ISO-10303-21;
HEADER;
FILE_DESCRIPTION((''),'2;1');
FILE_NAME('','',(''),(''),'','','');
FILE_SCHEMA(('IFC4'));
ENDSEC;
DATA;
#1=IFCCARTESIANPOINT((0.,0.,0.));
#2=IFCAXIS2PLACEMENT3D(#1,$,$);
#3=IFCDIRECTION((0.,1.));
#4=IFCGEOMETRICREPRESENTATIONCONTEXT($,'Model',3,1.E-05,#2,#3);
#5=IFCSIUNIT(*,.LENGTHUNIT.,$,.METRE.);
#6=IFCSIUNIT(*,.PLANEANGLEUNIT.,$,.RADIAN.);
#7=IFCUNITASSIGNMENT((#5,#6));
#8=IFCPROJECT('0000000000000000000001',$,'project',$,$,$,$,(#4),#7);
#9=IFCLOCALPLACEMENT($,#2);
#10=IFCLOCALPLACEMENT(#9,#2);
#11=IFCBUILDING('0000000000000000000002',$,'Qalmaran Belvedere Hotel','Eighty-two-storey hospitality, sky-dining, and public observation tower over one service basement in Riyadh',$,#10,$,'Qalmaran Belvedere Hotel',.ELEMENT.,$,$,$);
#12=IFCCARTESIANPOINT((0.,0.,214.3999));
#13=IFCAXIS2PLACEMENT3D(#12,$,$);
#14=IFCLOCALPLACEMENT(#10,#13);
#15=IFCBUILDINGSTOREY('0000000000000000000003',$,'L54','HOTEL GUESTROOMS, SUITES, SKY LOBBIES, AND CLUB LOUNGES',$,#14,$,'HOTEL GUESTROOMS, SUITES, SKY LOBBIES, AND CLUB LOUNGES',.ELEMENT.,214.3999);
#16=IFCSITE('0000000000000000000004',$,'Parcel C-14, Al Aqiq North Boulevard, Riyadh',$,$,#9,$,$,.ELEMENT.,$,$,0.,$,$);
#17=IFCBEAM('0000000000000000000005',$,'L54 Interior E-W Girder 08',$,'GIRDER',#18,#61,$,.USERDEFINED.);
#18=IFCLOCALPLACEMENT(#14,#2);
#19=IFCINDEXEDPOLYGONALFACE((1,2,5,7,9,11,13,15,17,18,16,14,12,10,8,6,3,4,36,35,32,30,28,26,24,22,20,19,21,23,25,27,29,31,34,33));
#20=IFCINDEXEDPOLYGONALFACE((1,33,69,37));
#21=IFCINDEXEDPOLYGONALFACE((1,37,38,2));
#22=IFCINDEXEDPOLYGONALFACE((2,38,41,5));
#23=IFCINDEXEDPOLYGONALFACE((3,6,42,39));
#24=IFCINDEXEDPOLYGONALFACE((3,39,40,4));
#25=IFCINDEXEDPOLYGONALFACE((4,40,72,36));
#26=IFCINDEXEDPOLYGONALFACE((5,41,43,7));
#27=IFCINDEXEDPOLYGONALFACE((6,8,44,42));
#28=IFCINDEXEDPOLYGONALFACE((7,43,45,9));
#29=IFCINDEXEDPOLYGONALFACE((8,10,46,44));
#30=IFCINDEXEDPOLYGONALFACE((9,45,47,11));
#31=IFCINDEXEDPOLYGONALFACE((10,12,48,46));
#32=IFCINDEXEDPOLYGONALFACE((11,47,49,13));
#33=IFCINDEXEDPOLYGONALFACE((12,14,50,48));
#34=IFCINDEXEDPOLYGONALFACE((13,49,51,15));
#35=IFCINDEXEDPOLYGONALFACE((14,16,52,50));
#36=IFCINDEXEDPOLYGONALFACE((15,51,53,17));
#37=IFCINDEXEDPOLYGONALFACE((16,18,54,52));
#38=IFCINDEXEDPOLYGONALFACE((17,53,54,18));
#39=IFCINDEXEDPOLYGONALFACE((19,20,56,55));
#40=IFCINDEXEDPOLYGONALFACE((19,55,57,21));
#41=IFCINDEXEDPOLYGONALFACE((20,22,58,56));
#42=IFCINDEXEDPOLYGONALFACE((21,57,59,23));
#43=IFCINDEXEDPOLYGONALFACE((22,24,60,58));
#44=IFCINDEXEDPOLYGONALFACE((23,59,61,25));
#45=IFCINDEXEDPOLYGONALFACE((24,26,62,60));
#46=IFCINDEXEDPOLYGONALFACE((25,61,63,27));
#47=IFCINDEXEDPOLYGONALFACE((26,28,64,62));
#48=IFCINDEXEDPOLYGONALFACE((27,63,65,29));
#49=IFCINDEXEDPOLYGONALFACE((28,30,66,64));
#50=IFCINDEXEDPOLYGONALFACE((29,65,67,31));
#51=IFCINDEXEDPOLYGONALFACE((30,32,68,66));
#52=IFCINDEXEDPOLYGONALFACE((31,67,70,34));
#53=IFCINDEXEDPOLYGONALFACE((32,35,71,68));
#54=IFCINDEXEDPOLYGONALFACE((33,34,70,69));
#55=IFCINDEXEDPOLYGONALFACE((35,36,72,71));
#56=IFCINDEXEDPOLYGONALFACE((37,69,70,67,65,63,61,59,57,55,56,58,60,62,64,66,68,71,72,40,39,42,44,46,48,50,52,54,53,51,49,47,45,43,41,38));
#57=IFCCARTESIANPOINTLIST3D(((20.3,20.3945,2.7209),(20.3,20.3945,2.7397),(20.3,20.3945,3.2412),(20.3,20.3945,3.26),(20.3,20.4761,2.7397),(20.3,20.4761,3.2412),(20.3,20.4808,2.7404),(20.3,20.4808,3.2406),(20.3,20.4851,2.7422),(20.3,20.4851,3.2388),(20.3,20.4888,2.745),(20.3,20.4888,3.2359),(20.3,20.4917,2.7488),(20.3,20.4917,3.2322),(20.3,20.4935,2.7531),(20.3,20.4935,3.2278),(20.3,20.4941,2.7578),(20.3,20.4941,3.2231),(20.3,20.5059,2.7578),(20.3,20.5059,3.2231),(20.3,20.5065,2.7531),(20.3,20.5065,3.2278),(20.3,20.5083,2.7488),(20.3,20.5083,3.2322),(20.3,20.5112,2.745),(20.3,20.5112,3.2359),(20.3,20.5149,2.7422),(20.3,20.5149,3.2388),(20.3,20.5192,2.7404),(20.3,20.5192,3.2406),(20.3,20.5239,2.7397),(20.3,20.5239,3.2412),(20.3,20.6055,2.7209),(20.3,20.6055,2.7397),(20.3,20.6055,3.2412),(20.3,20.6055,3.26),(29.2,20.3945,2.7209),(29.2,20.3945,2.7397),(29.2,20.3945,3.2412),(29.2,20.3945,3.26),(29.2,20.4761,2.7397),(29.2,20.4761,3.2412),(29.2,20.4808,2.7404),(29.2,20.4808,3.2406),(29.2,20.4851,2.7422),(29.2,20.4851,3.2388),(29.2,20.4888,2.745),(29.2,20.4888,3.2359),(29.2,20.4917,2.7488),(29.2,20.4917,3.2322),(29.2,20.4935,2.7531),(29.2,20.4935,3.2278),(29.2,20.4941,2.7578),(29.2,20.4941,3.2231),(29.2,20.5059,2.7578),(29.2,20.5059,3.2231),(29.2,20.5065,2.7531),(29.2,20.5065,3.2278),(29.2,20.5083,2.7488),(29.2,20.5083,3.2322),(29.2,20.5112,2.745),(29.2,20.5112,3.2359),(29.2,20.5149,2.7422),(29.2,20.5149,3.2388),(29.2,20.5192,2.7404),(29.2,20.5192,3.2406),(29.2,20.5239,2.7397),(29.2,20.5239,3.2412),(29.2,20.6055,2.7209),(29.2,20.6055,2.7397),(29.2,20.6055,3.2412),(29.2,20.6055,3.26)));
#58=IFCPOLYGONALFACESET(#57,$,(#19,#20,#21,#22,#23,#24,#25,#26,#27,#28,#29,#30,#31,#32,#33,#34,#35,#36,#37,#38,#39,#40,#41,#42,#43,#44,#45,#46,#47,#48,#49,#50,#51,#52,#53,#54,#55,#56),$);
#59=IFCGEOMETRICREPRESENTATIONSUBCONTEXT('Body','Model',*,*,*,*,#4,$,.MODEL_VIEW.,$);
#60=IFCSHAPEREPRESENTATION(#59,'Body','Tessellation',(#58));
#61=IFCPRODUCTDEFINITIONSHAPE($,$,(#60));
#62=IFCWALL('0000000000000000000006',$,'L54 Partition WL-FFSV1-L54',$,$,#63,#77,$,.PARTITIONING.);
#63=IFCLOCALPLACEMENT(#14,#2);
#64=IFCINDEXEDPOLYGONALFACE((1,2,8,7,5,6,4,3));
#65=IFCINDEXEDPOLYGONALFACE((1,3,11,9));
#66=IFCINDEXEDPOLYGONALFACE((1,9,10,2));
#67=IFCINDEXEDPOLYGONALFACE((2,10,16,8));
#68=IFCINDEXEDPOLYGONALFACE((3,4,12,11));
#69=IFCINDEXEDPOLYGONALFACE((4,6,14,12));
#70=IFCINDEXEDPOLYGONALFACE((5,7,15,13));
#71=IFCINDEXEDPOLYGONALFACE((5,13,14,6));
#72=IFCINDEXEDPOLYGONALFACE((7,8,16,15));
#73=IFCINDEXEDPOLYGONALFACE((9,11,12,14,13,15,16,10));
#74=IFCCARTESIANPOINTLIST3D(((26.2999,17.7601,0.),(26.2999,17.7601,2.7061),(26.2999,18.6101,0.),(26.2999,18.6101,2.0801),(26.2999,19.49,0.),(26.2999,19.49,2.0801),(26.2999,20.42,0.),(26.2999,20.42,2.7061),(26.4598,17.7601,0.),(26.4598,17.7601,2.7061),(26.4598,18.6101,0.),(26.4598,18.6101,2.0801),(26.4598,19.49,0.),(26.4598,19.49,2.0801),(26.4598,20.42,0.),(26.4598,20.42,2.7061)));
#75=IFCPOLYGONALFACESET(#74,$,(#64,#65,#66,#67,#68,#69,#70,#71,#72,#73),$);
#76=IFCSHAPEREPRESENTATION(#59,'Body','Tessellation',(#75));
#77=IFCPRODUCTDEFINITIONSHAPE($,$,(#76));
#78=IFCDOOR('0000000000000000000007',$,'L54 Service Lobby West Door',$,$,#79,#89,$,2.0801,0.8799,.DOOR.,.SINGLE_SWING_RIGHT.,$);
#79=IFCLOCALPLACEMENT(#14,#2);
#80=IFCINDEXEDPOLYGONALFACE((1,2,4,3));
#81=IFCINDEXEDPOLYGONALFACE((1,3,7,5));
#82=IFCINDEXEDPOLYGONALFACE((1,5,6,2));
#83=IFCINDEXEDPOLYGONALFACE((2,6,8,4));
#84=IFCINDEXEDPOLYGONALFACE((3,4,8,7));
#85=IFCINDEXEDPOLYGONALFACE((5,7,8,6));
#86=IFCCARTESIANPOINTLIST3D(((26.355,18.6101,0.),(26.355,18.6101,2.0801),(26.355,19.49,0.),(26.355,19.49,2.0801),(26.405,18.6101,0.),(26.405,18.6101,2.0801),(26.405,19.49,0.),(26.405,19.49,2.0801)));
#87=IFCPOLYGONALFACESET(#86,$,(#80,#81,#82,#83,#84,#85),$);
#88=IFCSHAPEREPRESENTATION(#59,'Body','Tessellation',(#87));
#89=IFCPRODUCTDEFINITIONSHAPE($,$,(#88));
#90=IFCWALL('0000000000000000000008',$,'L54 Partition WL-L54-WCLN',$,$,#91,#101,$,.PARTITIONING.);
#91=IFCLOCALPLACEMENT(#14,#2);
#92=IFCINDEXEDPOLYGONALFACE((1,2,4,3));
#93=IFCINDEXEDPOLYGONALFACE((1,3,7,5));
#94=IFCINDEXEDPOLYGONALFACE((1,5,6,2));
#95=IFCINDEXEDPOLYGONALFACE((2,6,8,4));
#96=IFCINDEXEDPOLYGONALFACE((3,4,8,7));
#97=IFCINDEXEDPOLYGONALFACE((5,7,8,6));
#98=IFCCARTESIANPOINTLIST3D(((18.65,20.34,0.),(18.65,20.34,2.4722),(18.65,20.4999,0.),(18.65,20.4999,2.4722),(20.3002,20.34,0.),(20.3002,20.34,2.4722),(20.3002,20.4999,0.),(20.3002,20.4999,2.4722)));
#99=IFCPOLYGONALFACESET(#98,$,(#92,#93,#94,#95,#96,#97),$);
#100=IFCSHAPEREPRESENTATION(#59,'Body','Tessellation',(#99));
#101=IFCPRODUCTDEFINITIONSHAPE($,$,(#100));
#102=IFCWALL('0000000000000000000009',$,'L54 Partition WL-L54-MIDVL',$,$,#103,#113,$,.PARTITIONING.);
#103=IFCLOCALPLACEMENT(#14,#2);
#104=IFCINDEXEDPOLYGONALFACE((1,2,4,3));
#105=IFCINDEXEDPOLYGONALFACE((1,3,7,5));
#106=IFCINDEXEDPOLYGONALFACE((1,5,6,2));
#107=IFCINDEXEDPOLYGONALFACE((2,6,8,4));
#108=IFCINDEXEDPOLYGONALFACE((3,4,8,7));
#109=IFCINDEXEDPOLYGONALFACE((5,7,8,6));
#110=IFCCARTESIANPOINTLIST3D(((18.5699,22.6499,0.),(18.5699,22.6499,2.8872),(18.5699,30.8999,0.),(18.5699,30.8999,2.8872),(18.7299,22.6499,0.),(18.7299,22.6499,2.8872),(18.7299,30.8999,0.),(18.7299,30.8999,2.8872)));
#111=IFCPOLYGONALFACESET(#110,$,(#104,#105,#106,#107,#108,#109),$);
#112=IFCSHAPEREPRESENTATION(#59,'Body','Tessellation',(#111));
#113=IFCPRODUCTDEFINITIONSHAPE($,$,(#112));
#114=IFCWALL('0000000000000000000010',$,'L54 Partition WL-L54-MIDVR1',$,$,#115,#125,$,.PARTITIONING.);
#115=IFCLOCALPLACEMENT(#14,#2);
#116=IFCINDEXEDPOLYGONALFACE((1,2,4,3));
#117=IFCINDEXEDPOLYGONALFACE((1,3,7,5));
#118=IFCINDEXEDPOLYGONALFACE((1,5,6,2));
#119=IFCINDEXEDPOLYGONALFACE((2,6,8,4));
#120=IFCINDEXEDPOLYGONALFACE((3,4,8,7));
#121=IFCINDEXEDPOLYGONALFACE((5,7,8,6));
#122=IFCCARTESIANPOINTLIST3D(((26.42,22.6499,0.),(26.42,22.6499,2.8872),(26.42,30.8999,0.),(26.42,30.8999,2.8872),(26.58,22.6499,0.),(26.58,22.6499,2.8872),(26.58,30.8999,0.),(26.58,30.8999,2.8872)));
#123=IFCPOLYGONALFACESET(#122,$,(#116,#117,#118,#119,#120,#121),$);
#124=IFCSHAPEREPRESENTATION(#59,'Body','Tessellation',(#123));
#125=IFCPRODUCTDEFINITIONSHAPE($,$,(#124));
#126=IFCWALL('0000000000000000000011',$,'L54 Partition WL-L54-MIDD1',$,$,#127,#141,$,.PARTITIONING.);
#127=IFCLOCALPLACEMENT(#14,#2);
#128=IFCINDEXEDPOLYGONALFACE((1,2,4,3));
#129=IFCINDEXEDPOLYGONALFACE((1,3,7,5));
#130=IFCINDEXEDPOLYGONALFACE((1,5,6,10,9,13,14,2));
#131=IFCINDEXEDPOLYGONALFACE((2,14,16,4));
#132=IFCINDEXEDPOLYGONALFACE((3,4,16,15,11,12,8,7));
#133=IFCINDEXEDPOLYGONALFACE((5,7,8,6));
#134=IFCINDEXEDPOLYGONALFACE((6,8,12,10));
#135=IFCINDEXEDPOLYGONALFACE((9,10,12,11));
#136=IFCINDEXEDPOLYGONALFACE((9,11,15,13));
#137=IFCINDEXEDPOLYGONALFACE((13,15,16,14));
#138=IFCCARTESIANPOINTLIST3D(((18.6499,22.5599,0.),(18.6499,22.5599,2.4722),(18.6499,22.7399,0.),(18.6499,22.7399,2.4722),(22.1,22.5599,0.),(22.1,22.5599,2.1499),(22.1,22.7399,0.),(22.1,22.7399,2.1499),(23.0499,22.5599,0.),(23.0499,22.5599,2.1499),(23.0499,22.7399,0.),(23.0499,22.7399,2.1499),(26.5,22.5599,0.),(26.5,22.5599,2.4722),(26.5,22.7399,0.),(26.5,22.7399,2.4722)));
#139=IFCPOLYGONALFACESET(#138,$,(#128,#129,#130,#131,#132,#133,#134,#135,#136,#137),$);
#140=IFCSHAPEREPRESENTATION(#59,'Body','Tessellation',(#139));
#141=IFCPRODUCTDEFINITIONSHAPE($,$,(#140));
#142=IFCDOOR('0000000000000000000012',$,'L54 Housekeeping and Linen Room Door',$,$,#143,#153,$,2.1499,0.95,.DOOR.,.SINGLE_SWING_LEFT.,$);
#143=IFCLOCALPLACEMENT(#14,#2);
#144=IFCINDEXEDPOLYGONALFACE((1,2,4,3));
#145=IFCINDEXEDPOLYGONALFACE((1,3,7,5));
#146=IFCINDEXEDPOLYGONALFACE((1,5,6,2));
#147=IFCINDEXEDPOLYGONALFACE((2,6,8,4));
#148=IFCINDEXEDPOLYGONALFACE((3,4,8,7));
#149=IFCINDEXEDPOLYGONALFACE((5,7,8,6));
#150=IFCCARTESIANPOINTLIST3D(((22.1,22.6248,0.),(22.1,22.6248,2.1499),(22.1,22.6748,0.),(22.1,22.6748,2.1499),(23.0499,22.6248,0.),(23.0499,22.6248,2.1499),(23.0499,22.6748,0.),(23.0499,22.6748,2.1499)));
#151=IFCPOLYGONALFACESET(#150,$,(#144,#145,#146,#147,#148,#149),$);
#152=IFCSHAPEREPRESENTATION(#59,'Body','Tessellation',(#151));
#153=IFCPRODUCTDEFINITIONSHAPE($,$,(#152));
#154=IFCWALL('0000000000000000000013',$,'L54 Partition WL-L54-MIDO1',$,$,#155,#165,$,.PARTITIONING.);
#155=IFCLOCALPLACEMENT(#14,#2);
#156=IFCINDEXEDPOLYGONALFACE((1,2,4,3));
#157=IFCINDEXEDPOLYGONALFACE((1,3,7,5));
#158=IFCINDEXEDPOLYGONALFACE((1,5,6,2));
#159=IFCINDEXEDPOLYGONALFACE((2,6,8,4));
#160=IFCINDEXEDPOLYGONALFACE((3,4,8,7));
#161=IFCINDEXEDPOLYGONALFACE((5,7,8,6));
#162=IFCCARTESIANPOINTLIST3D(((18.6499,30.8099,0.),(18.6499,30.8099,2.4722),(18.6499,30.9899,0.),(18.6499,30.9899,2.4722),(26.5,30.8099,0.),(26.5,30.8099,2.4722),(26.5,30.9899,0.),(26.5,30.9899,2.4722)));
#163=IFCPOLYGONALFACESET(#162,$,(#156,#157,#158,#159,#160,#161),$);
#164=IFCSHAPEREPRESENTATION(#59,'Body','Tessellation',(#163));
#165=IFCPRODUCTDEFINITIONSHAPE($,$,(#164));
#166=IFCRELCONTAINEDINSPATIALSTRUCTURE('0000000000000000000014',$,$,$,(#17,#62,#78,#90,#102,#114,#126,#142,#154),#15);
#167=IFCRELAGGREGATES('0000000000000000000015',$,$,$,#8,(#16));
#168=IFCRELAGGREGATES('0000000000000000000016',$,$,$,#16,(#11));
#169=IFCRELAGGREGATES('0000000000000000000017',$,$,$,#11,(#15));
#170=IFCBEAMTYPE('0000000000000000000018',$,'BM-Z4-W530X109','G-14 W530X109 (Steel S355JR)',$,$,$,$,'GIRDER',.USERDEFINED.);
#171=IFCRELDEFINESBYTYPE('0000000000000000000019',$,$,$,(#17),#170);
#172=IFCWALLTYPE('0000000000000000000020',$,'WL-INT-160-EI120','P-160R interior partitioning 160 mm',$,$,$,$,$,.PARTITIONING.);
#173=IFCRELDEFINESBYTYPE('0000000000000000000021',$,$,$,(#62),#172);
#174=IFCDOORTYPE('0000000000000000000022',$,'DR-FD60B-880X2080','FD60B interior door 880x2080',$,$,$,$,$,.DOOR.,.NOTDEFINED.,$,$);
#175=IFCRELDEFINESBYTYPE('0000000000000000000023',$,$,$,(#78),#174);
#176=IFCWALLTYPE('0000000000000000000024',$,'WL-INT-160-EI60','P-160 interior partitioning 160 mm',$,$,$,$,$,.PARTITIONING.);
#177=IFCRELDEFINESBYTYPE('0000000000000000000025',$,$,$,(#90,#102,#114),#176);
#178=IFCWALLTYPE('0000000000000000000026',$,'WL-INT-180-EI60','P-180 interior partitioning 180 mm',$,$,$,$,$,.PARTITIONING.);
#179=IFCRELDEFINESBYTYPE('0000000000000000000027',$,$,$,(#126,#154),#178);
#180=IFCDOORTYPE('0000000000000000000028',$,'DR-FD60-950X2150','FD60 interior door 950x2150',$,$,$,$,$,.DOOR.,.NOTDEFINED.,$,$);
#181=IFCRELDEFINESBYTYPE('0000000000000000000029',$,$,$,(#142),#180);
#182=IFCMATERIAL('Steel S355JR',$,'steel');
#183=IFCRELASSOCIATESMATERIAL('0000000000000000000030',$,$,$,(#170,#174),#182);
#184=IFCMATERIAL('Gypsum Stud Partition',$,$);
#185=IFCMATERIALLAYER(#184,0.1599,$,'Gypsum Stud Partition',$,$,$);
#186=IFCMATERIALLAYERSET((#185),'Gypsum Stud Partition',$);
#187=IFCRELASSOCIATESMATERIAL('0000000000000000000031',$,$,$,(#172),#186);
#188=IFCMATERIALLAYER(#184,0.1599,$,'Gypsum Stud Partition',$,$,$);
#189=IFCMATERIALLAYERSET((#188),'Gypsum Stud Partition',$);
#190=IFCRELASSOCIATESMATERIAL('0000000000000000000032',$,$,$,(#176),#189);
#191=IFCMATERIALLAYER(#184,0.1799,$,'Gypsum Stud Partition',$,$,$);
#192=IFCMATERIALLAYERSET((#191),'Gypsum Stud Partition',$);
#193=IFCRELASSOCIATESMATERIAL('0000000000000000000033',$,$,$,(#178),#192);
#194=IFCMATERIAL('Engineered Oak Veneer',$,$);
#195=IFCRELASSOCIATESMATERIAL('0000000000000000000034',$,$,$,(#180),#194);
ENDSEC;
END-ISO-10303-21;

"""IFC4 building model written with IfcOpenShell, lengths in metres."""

from ifc_helpers import new_model, si_unit, direction, frame, frame_2d, origin, origin_2d, place, context, subcontext, project, spatial, rectangle, i_section, extrude, material, layer, layer_set, material_profile, profile_set, type_object, element, fill, save


model = new_model("IFC4")

# Units and contexts
model_context = context("Model", 3, precision=1e-05, world=origin(), true_north=direction((0.0, 1.0)))
body_context = subcontext(model_context, "Body", "Model", "MODEL_VIEW")
ifc_project = project(units=[si_unit("LENGTHUNIT", "METRE"), si_unit("PLANEANGLEUNIT", "RADIAN")], contexts=[model_context])

# Site, building, storey
site_placement = place(None, origin())
site = spatial("IfcSite", under=ifc_project, at=site_placement, Name="Parcel C-14, Al Aqiq North Boulevard, Riyadh", CompositionType="ELEMENT", RefElevation=0.0)
building_placement = place(site_placement, origin())
building = spatial("IfcBuilding", under=site, at=building_placement, Name="Qalmaran Belvedere Hotel", Description="Eighty-two-storey hospitality, sky-dining, and public observation tower over one service basement in Riyadh", LongName="Qalmaran Belvedere Hotel", CompositionType="ELEMENT")
storey_placement = place(building_placement, frame((0.0, 0.0, 214.3999)))
storey = spatial("IfcBuildingStorey", under=building, at=storey_placement, Name="L54", Description="HOTEL GUESTROOMS, SUITES, SKY LOBBIES, AND CLUB LOUNGES", LongName="HOTEL GUESTROOMS, SUITES, SKY LOBBIES, AND CLUB LOUNGES", CompositionType="ELEMENT", Elevation=214.3999)

# Beam
ifc_material_1 = material(Name="Steel S355JR", Category="steel")
ifc_material_profile_1 = material_profile(ifc_material_1, i_section(OverallWidth=0.2109, OverallDepth=0.5391, WebThickness=0.0117, FlangeThickness=0.0188, FilletRadius=0.0181, at=origin_2d()), Name="W530X109")
ifc_profile_set_1 = profile_set([ifc_material_profile_1], Name="Steel S355JR")
beam_type_1 = type_object("IfcBeamType", Name="BM-Z4-W530X109", Description="G-14 W530X109 (Steel S355JR)", ElementType="GIRDER", PredefinedType="USERDEFINED", material=ifc_profile_set_1)
beam_1_placement = place(storey_placement, frame((20.3, 20.5, 2.9905), z_axis=(1.0, 0.0, 0.0), x_axis=(0.0, 1.0, 0.0)))
element("IfcBeam", 1, at=beam_1_placement, inside=storey, type_object=beam_type_1, Name="L54 Interior E-W Girder 08", ObjectType="GIRDER", PredefinedType="USERDEFINED", context=body_context, shape_type="SweptSolid", body=[
    extrude(i_section(OverallWidth=0.2109, OverallDepth=0.5391, WebThickness=0.0117, FlangeThickness=0.0188, FilletRadius=0.0181, at=origin_2d()), origin(), (0.0, 0.0, 1.0), 8.8999),
])

# Wall, opening, door
ifc_material_2 = material(Name="Gypsum Stud Partition")
ifc_layer_1 = layer(ifc_material_2, 0.1599, Name="Gypsum Stud Partition")
ifc_layer_set_1 = layer_set([ifc_layer_1], Name="Gypsum Stud Partition")
wall_type_1 = type_object("IfcWallType", Name="WL-INT-160-EI120", Description="P-160R interior partitioning 160 mm", PredefinedType="PARTITIONING", material=ifc_layer_set_1)
wall_1_placement = place(storey_placement, frame((26.3799, 17.76, 0.0), z_axis=(0.0, 0.0, 1.0), x_axis=(0.0, 1.0, 0.0)))
wall_1 = element("IfcWall", 2, at=wall_1_placement, inside=storey, type_object=wall_type_1, Name="L54 Partition WL-FFSV1-L54", PredefinedType="PARTITIONING", context=body_context, shape_type="SweptSolid", body=[
    extrude(rectangle(XDim=2.6599, YDim=0.1599, at=frame_2d((1.3301, 0.0))), origin(), (0.0, 0.0, 1.0), 2.7061),
])
opening_1_placement = place(wall_1_placement, frame((0.8501, 0.0, 0.0)))
opening_1 = element("IfcOpeningElement", 3, at=opening_1_placement, cuts=wall_1, PredefinedType="OPENING", context=body_context, shape_type="SweptSolid", body=[
    extrude(rectangle(XDim=0.8799, YDim=2.0801, at=frame_2d((0.4399, 1.04))), frame((0.0, 0.0898, 0.0), z_axis=(0.0, -1.0, 0.0), x_axis=(1.0, 0.0, 0.0)), (0.0, 0.0, 1.0), 0.1799),
])
door_type_1 = type_object("IfcDoorType", Name="DR-FD60B-880X2080", Description="FD60B interior door 880x2080", OperationType="NOTDEFINED", PredefinedType="DOOR", material=ifc_material_1)
door_1_placement = place(opening_1_placement, origin())
door_1 = element("IfcDoor", 4, at=door_1_placement, inside=storey, type_object=door_type_1, Name="L54 Service Lobby West Door", OperationType="SINGLE_SWING_RIGHT", OverallHeight=2.0801, OverallWidth=0.8799, PredefinedType="DOOR", context=body_context, shape_type="SweptSolid", body=[
    extrude(rectangle(XDim=0.8799, YDim=2.0801, at=frame_2d((0.4399, 1.04))), frame((0.0, 0.0249, 0.0), z_axis=(0.0, -1.0, 0.0), x_axis=(1.0, 0.0, 0.0)), (0.0, 0.0, 1.0), 0.05),
])
fill(opening_1, door_1)

# Walls
ifc_layer_2 = layer(ifc_material_2, 0.1599, Name="Gypsum Stud Partition")
ifc_layer_set_2 = layer_set([ifc_layer_2], Name="Gypsum Stud Partition")
wall_type_2 = type_object("IfcWallType", Name="WL-INT-160-EI60", Description="P-160 interior partitioning 160 mm", PredefinedType="PARTITIONING", material=ifc_layer_set_2)
wall_2_placement = place(storey_placement, frame((18.6499, 20.4199, 0.0), z_axis=(0.0, 0.0, 1.0), x_axis=(1.0, 0.0, 0.0)))
element("IfcWall", 5, at=wall_2_placement, inside=storey, type_object=wall_type_2, Name="L54 Partition WL-L54-WCLN", PredefinedType="PARTITIONING", context=body_context, shape_type="SweptSolid", body=[
    extrude(rectangle(XDim=1.6501, YDim=0.1599, at=frame_2d((0.8252, 0.0))), origin(), (0.0, 0.0, 1.0), 2.4722),
])
for number, where, z_axis, x_axis, name in (
    (6, (18.6499, 22.6499, 0.0), (0.0, 0.0, 1.0), (0.0, 1.0, 0.0), "L54 Partition WL-L54-MIDVL"),
    (7, (26.5, 22.6499, 0.0), (0.0, 0.0, 1.0), (0.0, 1.0, 0.0), "L54 Partition WL-L54-MIDVR1"),
):
    element("IfcWall", number, at=place(storey_placement, frame(where, z_axis=z_axis, x_axis=x_axis)), inside=storey, type_object=wall_type_2, Name=name, PredefinedType="PARTITIONING", context=body_context, shape_type="SweptSolid", body=[
        extrude(rectangle(XDim=8.25, YDim=0.1599, at=frame_2d((4.125, 0.0))), origin(), (0.0, 0.0, 1.0), 2.8872),
    ])

# Wall, opening, door
ifc_layer_3 = layer(ifc_material_2, 0.1799, Name="Gypsum Stud Partition")
ifc_layer_set_3 = layer_set([ifc_layer_3], Name="Gypsum Stud Partition")
wall_type_3 = type_object("IfcWallType", Name="WL-INT-180-EI60", Description="P-180 interior partitioning 180 mm", PredefinedType="PARTITIONING", material=ifc_layer_set_3)
wall_3_placement = place(storey_placement, frame((18.6499, 22.6499, 0.0), z_axis=(0.0, 0.0, 1.0), x_axis=(1.0, 0.0, 0.0)))
wall_3 = element("IfcWall", 8, at=wall_3_placement, inside=storey, type_object=wall_type_3, Name="L54 Partition WL-L54-MIDD1", PredefinedType="PARTITIONING", context=body_context, shape_type="SweptSolid", body=[
    extrude(rectangle(XDim=7.8501, YDim=0.1799, at=frame_2d((3.925, 0.0))), origin(), (0.0, 0.0, 1.0), 2.4722),
])
opening_2_placement = place(wall_3_placement, frame((3.45, 0.0, 0.0)))
opening_2 = element("IfcOpeningElement", 9, at=opening_2_placement, cuts=wall_3, PredefinedType="OPENING", context=body_context, shape_type="SweptSolid", body=[
    extrude(rectangle(XDim=0.95, YDim=2.1499, at=frame_2d((0.4751, 1.075))), frame((0.0, 0.1001, 0.0), z_axis=(0.0, -1.0, 0.0), x_axis=(1.0, 0.0, 0.0)), (0.0, 0.0, 1.0), 0.2),
])
ifc_material_3 = material(Name="Engineered Oak Veneer")
door_type_2 = type_object("IfcDoorType", Name="DR-FD60-950X2150", Description="FD60 interior door 950x2150", OperationType="NOTDEFINED", PredefinedType="DOOR", material=ifc_material_3)
door_2_placement = place(opening_2_placement, origin())
door_2 = element("IfcDoor", 10, at=door_2_placement, inside=storey, type_object=door_type_2, Name="L54 Housekeeping and Linen Room Door", OperationType="SINGLE_SWING_LEFT", OverallHeight=2.1499, OverallWidth=0.95, PredefinedType="DOOR", context=body_context, shape_type="SweptSolid", body=[
    extrude(rectangle(XDim=0.95, YDim=2.1499, at=frame_2d((0.4751, 1.075))), frame((0.0, 0.0249, 0.0), z_axis=(0.0, -1.0, 0.0), x_axis=(1.0, 0.0, 0.0)), (0.0, 0.0, 1.0), 0.05),
])
fill(opening_2, door_2)

# Wall
wall_4_placement = place(storey_placement, frame((18.6499, 30.8999, 0.0), z_axis=(0.0, 0.0, 1.0), x_axis=(1.0, 0.0, 0.0)))
element("IfcWall", 11, at=wall_4_placement, inside=storey, type_object=wall_type_3, Name="L54 Partition WL-L54-MIDO1", PredefinedType="PARTITIONING", context=body_context, shape_type="SweptSolid", body=[
    extrude(rectangle(XDim=7.8501, YDim=0.1799, at=frame_2d((3.925, 0.0))), origin(), (0.0, 0.0, 1.0), 2.4722),
])

save(model, "model.ifc")
